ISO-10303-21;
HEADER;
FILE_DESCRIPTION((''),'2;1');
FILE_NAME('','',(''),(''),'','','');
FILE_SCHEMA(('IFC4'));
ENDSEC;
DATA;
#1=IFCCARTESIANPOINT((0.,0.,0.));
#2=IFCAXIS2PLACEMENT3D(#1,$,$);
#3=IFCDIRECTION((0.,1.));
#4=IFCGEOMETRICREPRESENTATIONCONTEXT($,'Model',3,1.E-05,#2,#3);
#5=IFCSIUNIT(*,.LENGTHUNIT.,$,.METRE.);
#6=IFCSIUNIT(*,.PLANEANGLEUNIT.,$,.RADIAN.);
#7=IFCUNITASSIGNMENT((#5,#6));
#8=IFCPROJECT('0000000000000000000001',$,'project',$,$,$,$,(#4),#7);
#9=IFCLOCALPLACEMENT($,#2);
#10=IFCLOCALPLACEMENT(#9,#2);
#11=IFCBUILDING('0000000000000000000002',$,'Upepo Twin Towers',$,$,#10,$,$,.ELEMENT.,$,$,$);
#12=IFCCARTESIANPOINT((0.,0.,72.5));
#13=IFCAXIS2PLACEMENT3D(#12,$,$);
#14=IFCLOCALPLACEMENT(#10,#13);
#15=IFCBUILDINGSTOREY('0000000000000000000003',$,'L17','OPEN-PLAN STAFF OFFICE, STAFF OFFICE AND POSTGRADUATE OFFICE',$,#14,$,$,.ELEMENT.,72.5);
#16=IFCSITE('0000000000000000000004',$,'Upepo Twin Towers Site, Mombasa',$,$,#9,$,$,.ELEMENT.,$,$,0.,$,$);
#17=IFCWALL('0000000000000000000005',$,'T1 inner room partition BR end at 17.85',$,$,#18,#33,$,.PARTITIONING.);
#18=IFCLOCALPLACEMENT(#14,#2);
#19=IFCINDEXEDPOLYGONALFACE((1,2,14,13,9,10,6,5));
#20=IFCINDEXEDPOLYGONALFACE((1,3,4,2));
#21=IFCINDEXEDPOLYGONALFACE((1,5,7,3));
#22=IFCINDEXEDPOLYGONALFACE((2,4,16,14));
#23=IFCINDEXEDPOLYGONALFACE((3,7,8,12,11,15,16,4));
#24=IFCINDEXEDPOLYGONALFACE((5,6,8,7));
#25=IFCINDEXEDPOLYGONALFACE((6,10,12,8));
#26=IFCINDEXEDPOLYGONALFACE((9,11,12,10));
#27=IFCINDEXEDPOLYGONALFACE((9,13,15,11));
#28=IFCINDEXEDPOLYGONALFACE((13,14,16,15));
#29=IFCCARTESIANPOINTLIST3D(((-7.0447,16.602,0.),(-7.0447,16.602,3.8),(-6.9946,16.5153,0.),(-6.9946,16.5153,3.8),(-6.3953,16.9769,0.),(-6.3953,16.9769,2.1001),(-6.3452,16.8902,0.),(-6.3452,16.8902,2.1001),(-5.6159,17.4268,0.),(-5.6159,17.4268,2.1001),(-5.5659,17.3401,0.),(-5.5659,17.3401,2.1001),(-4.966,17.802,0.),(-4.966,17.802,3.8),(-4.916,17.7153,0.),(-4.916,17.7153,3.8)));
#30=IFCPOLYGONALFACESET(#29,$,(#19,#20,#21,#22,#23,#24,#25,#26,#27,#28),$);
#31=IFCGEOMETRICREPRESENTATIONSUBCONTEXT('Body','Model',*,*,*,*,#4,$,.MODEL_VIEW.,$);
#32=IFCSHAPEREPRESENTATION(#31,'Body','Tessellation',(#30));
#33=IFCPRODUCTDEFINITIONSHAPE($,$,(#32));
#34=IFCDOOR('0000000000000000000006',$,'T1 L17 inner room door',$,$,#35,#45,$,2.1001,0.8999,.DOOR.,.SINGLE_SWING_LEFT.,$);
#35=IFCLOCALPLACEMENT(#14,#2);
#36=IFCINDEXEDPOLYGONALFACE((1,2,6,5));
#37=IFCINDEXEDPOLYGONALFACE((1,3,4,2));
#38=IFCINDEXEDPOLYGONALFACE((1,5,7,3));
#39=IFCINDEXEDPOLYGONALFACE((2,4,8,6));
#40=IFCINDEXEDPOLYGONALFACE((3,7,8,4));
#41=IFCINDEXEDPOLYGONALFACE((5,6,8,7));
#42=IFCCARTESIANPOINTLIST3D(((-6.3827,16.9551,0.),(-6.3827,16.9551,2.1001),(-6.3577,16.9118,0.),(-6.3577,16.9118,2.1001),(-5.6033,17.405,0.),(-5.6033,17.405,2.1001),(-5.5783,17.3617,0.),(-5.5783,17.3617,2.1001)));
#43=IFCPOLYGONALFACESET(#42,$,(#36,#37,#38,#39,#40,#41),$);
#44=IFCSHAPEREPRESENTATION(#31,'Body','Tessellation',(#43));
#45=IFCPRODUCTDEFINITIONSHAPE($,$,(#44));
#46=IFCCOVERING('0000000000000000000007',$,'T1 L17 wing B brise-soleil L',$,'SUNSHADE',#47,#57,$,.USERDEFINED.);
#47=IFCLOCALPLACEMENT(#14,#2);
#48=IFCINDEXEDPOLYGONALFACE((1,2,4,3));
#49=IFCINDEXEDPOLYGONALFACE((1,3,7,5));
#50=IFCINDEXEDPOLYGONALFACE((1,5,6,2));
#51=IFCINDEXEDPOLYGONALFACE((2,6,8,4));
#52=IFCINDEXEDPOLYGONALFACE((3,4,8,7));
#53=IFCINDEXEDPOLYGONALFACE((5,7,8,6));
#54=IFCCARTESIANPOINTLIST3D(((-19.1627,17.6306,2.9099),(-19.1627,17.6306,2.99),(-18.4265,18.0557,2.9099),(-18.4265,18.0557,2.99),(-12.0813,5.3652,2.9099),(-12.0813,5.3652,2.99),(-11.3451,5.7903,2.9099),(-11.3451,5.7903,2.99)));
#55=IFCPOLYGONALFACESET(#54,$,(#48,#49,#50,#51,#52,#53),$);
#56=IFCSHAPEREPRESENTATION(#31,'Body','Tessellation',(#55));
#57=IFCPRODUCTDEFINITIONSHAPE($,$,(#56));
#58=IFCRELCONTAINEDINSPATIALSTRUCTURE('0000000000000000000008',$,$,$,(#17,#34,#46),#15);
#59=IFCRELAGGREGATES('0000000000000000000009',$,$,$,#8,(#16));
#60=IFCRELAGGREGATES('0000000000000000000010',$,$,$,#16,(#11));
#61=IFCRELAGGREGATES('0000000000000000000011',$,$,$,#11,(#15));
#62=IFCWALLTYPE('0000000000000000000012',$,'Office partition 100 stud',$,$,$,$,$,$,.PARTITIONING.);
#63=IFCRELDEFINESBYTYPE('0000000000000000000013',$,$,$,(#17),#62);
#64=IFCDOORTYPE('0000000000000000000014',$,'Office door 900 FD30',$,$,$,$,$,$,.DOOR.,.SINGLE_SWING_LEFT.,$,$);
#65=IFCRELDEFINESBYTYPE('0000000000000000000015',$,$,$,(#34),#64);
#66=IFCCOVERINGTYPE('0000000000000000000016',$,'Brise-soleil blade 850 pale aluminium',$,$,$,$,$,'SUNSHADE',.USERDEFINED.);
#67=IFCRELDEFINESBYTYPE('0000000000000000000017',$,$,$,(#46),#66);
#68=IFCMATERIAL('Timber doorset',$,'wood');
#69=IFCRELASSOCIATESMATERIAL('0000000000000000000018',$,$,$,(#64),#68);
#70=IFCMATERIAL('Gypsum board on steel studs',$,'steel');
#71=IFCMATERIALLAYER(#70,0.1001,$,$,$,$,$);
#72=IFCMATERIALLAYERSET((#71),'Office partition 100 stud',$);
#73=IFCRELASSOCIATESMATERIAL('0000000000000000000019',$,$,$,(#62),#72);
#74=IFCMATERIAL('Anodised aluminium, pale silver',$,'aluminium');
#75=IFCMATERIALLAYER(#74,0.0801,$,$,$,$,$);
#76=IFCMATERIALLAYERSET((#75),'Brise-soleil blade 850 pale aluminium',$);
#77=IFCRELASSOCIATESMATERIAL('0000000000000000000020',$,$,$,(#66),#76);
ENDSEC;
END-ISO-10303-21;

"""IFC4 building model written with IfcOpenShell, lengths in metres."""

from ifc_helpers import new_model, si_unit, direction, frame, frame_2d, origin, origin_2d, place, context, subcontext, project, spatial, rectangle, extrude, material, layer, layer_set, type_object, element, fill, save


model = new_model("IFC4")

# Units and contexts
model_context = context("Model", 3, precision=1e-05, world=origin(), true_north=direction((0.0, 1.0)))
body_context = subcontext(model_context, "Body", "Model", "MODEL_VIEW")
ifc_project = project(units=[si_unit("LENGTHUNIT", "METRE"), si_unit("PLANEANGLEUNIT", "RADIAN")], contexts=[model_context])

# Site, building, storey
site_placement = place(None, origin())
site = spatial("IfcSite", under=ifc_project, at=site_placement, Name="Upepo Twin Towers Site, Mombasa", CompositionType="ELEMENT", RefElevation=0.0)
building_placement = place(site_placement, origin())
building = spatial("IfcBuilding", under=site, at=building_placement, Name="Upepo Twin Towers", CompositionType="ELEMENT")
storey_placement = place(building_placement, frame((0.0, 0.0, 72.5)))
storey = spatial("IfcBuildingStorey", under=building, at=storey_placement, Name="L17", Description="OPEN-PLAN STAFF OFFICE, STAFF OFFICE AND POSTGRADUATE OFFICE", CompositionType="ELEMENT", Elevation=72.5)

# Shared definitions
ifc_material_1 = material(Name="Timber doorset", Category="wood")
door_type = type_object("IfcDoorType", Name="Office door 900 FD30", OperationType="SINGLE_SWING_LEFT", PredefinedType="DOOR", material=ifc_material_1)

# Shared definitions
ifc_material_2 = material(Name="Gypsum board on steel studs", Category="steel")
ifc_layer_1 = layer(ifc_material_2, 0.1001)
ifc_layer_set_1 = layer_set([ifc_layer_1], Name="Office partition 100 stud")
wall_type_1 = type_object("IfcWallType", Name="Office partition 100 stud", PredefinedType="PARTITIONING", material=ifc_layer_set_1)

# Wall, opening, door
wall_1_placement = place(storey_placement, frame((-7.0198, 16.5586, 0.0), z_axis=(0.0, 0.0, 1.0), x_axis=(0.86605, 0.499957, 0.0)))
wall_1 = element("IfcWall", 1, at=wall_1_placement, inside=storey, type_object=wall_type_1, Name="T1 inner room partition BR end at 17.85", PredefinedType="PARTITIONING", context=body_context, shape_type="SweptSolid", body=[
    extrude(rectangle(XDim=2.4001, YDim=0.1001, at=frame_2d((1.2002, 0.0))), origin(), (0.0, 0.0, 1.0), 3.8),
])
opening_1_placement = place(wall_1_placement, frame((0.75, 0.0, 0.0)))
opening_1 = element("IfcOpeningElement", 2, at=opening_1_placement, cuts=wall_1, PredefinedType="OPENING", context=body_context, shape_type="SweptSolid", body=[
    extrude(rectangle(XDim=0.8999, YDim=2.1001, at=frame_2d((0.45, 1.05))), frame((0.0, 0.0601, 0.0), z_axis=(0.0, -1.0, 0.0), x_axis=(1.0, 0.0, 0.0)), (0.0, 0.0, 1.0), 0.1201),
])
door_1_placement = place(opening_1_placement, origin())
door_1 = element("IfcDoor", 3, at=door_1_placement, inside=storey, type_object=door_type, Name="T1 L17 inner room door", OperationType="SINGLE_SWING_LEFT", OverallHeight=2.1001, OverallWidth=0.8999, PredefinedType="DOOR", context=body_context, shape_type="SweptSolid", body=[
    extrude(rectangle(XDim=0.8999, YDim=2.1001, at=frame_2d((0.45, 1.05))), frame((0.0, 0.0249, 0.0), z_axis=(0.0, -1.0, 0.0), x_axis=(1.0, 0.0, 0.0)), (0.0, 0.0, 1.0), 0.05),
])
fill(opening_1, door_1)

# Covering
ifc_material_3 = material(Name="Anodised aluminium, pale silver", Category="aluminium")
ifc_layer_2 = layer(ifc_material_3, 0.0801)
ifc_layer_set_2 = layer_set([ifc_layer_2], Name="Brise-soleil blade 850 pale aluminium")
covering_type = type_object("IfcCoveringType", Name="Brise-soleil blade 850 pale aluminium", ElementType="SUNSHADE", PredefinedType="USERDEFINED", material=ifc_layer_set_2)
covering_placement = place(storey_placement, frame((-15.2539, 11.7104, 2.9099), z_axis=(0.0, 0.0, 1.0), x_axis=(-0.5, 0.866025, 0.0)))
element("IfcCovering", 4, at=covering_placement, inside=storey, type_object=covering_type, Name="T1 L17 wing B brise-soleil L", ObjectType="SUNSHADE", PredefinedType="USERDEFINED", context=body_context, shape_type="SweptSolid", body=[
    extrude(rectangle(XDim=14.1628, YDim=0.8501, at=origin_2d()), origin(), (0.0, 0.0, 1.0), 0.0801),
])

save(model, "model.ifc")
